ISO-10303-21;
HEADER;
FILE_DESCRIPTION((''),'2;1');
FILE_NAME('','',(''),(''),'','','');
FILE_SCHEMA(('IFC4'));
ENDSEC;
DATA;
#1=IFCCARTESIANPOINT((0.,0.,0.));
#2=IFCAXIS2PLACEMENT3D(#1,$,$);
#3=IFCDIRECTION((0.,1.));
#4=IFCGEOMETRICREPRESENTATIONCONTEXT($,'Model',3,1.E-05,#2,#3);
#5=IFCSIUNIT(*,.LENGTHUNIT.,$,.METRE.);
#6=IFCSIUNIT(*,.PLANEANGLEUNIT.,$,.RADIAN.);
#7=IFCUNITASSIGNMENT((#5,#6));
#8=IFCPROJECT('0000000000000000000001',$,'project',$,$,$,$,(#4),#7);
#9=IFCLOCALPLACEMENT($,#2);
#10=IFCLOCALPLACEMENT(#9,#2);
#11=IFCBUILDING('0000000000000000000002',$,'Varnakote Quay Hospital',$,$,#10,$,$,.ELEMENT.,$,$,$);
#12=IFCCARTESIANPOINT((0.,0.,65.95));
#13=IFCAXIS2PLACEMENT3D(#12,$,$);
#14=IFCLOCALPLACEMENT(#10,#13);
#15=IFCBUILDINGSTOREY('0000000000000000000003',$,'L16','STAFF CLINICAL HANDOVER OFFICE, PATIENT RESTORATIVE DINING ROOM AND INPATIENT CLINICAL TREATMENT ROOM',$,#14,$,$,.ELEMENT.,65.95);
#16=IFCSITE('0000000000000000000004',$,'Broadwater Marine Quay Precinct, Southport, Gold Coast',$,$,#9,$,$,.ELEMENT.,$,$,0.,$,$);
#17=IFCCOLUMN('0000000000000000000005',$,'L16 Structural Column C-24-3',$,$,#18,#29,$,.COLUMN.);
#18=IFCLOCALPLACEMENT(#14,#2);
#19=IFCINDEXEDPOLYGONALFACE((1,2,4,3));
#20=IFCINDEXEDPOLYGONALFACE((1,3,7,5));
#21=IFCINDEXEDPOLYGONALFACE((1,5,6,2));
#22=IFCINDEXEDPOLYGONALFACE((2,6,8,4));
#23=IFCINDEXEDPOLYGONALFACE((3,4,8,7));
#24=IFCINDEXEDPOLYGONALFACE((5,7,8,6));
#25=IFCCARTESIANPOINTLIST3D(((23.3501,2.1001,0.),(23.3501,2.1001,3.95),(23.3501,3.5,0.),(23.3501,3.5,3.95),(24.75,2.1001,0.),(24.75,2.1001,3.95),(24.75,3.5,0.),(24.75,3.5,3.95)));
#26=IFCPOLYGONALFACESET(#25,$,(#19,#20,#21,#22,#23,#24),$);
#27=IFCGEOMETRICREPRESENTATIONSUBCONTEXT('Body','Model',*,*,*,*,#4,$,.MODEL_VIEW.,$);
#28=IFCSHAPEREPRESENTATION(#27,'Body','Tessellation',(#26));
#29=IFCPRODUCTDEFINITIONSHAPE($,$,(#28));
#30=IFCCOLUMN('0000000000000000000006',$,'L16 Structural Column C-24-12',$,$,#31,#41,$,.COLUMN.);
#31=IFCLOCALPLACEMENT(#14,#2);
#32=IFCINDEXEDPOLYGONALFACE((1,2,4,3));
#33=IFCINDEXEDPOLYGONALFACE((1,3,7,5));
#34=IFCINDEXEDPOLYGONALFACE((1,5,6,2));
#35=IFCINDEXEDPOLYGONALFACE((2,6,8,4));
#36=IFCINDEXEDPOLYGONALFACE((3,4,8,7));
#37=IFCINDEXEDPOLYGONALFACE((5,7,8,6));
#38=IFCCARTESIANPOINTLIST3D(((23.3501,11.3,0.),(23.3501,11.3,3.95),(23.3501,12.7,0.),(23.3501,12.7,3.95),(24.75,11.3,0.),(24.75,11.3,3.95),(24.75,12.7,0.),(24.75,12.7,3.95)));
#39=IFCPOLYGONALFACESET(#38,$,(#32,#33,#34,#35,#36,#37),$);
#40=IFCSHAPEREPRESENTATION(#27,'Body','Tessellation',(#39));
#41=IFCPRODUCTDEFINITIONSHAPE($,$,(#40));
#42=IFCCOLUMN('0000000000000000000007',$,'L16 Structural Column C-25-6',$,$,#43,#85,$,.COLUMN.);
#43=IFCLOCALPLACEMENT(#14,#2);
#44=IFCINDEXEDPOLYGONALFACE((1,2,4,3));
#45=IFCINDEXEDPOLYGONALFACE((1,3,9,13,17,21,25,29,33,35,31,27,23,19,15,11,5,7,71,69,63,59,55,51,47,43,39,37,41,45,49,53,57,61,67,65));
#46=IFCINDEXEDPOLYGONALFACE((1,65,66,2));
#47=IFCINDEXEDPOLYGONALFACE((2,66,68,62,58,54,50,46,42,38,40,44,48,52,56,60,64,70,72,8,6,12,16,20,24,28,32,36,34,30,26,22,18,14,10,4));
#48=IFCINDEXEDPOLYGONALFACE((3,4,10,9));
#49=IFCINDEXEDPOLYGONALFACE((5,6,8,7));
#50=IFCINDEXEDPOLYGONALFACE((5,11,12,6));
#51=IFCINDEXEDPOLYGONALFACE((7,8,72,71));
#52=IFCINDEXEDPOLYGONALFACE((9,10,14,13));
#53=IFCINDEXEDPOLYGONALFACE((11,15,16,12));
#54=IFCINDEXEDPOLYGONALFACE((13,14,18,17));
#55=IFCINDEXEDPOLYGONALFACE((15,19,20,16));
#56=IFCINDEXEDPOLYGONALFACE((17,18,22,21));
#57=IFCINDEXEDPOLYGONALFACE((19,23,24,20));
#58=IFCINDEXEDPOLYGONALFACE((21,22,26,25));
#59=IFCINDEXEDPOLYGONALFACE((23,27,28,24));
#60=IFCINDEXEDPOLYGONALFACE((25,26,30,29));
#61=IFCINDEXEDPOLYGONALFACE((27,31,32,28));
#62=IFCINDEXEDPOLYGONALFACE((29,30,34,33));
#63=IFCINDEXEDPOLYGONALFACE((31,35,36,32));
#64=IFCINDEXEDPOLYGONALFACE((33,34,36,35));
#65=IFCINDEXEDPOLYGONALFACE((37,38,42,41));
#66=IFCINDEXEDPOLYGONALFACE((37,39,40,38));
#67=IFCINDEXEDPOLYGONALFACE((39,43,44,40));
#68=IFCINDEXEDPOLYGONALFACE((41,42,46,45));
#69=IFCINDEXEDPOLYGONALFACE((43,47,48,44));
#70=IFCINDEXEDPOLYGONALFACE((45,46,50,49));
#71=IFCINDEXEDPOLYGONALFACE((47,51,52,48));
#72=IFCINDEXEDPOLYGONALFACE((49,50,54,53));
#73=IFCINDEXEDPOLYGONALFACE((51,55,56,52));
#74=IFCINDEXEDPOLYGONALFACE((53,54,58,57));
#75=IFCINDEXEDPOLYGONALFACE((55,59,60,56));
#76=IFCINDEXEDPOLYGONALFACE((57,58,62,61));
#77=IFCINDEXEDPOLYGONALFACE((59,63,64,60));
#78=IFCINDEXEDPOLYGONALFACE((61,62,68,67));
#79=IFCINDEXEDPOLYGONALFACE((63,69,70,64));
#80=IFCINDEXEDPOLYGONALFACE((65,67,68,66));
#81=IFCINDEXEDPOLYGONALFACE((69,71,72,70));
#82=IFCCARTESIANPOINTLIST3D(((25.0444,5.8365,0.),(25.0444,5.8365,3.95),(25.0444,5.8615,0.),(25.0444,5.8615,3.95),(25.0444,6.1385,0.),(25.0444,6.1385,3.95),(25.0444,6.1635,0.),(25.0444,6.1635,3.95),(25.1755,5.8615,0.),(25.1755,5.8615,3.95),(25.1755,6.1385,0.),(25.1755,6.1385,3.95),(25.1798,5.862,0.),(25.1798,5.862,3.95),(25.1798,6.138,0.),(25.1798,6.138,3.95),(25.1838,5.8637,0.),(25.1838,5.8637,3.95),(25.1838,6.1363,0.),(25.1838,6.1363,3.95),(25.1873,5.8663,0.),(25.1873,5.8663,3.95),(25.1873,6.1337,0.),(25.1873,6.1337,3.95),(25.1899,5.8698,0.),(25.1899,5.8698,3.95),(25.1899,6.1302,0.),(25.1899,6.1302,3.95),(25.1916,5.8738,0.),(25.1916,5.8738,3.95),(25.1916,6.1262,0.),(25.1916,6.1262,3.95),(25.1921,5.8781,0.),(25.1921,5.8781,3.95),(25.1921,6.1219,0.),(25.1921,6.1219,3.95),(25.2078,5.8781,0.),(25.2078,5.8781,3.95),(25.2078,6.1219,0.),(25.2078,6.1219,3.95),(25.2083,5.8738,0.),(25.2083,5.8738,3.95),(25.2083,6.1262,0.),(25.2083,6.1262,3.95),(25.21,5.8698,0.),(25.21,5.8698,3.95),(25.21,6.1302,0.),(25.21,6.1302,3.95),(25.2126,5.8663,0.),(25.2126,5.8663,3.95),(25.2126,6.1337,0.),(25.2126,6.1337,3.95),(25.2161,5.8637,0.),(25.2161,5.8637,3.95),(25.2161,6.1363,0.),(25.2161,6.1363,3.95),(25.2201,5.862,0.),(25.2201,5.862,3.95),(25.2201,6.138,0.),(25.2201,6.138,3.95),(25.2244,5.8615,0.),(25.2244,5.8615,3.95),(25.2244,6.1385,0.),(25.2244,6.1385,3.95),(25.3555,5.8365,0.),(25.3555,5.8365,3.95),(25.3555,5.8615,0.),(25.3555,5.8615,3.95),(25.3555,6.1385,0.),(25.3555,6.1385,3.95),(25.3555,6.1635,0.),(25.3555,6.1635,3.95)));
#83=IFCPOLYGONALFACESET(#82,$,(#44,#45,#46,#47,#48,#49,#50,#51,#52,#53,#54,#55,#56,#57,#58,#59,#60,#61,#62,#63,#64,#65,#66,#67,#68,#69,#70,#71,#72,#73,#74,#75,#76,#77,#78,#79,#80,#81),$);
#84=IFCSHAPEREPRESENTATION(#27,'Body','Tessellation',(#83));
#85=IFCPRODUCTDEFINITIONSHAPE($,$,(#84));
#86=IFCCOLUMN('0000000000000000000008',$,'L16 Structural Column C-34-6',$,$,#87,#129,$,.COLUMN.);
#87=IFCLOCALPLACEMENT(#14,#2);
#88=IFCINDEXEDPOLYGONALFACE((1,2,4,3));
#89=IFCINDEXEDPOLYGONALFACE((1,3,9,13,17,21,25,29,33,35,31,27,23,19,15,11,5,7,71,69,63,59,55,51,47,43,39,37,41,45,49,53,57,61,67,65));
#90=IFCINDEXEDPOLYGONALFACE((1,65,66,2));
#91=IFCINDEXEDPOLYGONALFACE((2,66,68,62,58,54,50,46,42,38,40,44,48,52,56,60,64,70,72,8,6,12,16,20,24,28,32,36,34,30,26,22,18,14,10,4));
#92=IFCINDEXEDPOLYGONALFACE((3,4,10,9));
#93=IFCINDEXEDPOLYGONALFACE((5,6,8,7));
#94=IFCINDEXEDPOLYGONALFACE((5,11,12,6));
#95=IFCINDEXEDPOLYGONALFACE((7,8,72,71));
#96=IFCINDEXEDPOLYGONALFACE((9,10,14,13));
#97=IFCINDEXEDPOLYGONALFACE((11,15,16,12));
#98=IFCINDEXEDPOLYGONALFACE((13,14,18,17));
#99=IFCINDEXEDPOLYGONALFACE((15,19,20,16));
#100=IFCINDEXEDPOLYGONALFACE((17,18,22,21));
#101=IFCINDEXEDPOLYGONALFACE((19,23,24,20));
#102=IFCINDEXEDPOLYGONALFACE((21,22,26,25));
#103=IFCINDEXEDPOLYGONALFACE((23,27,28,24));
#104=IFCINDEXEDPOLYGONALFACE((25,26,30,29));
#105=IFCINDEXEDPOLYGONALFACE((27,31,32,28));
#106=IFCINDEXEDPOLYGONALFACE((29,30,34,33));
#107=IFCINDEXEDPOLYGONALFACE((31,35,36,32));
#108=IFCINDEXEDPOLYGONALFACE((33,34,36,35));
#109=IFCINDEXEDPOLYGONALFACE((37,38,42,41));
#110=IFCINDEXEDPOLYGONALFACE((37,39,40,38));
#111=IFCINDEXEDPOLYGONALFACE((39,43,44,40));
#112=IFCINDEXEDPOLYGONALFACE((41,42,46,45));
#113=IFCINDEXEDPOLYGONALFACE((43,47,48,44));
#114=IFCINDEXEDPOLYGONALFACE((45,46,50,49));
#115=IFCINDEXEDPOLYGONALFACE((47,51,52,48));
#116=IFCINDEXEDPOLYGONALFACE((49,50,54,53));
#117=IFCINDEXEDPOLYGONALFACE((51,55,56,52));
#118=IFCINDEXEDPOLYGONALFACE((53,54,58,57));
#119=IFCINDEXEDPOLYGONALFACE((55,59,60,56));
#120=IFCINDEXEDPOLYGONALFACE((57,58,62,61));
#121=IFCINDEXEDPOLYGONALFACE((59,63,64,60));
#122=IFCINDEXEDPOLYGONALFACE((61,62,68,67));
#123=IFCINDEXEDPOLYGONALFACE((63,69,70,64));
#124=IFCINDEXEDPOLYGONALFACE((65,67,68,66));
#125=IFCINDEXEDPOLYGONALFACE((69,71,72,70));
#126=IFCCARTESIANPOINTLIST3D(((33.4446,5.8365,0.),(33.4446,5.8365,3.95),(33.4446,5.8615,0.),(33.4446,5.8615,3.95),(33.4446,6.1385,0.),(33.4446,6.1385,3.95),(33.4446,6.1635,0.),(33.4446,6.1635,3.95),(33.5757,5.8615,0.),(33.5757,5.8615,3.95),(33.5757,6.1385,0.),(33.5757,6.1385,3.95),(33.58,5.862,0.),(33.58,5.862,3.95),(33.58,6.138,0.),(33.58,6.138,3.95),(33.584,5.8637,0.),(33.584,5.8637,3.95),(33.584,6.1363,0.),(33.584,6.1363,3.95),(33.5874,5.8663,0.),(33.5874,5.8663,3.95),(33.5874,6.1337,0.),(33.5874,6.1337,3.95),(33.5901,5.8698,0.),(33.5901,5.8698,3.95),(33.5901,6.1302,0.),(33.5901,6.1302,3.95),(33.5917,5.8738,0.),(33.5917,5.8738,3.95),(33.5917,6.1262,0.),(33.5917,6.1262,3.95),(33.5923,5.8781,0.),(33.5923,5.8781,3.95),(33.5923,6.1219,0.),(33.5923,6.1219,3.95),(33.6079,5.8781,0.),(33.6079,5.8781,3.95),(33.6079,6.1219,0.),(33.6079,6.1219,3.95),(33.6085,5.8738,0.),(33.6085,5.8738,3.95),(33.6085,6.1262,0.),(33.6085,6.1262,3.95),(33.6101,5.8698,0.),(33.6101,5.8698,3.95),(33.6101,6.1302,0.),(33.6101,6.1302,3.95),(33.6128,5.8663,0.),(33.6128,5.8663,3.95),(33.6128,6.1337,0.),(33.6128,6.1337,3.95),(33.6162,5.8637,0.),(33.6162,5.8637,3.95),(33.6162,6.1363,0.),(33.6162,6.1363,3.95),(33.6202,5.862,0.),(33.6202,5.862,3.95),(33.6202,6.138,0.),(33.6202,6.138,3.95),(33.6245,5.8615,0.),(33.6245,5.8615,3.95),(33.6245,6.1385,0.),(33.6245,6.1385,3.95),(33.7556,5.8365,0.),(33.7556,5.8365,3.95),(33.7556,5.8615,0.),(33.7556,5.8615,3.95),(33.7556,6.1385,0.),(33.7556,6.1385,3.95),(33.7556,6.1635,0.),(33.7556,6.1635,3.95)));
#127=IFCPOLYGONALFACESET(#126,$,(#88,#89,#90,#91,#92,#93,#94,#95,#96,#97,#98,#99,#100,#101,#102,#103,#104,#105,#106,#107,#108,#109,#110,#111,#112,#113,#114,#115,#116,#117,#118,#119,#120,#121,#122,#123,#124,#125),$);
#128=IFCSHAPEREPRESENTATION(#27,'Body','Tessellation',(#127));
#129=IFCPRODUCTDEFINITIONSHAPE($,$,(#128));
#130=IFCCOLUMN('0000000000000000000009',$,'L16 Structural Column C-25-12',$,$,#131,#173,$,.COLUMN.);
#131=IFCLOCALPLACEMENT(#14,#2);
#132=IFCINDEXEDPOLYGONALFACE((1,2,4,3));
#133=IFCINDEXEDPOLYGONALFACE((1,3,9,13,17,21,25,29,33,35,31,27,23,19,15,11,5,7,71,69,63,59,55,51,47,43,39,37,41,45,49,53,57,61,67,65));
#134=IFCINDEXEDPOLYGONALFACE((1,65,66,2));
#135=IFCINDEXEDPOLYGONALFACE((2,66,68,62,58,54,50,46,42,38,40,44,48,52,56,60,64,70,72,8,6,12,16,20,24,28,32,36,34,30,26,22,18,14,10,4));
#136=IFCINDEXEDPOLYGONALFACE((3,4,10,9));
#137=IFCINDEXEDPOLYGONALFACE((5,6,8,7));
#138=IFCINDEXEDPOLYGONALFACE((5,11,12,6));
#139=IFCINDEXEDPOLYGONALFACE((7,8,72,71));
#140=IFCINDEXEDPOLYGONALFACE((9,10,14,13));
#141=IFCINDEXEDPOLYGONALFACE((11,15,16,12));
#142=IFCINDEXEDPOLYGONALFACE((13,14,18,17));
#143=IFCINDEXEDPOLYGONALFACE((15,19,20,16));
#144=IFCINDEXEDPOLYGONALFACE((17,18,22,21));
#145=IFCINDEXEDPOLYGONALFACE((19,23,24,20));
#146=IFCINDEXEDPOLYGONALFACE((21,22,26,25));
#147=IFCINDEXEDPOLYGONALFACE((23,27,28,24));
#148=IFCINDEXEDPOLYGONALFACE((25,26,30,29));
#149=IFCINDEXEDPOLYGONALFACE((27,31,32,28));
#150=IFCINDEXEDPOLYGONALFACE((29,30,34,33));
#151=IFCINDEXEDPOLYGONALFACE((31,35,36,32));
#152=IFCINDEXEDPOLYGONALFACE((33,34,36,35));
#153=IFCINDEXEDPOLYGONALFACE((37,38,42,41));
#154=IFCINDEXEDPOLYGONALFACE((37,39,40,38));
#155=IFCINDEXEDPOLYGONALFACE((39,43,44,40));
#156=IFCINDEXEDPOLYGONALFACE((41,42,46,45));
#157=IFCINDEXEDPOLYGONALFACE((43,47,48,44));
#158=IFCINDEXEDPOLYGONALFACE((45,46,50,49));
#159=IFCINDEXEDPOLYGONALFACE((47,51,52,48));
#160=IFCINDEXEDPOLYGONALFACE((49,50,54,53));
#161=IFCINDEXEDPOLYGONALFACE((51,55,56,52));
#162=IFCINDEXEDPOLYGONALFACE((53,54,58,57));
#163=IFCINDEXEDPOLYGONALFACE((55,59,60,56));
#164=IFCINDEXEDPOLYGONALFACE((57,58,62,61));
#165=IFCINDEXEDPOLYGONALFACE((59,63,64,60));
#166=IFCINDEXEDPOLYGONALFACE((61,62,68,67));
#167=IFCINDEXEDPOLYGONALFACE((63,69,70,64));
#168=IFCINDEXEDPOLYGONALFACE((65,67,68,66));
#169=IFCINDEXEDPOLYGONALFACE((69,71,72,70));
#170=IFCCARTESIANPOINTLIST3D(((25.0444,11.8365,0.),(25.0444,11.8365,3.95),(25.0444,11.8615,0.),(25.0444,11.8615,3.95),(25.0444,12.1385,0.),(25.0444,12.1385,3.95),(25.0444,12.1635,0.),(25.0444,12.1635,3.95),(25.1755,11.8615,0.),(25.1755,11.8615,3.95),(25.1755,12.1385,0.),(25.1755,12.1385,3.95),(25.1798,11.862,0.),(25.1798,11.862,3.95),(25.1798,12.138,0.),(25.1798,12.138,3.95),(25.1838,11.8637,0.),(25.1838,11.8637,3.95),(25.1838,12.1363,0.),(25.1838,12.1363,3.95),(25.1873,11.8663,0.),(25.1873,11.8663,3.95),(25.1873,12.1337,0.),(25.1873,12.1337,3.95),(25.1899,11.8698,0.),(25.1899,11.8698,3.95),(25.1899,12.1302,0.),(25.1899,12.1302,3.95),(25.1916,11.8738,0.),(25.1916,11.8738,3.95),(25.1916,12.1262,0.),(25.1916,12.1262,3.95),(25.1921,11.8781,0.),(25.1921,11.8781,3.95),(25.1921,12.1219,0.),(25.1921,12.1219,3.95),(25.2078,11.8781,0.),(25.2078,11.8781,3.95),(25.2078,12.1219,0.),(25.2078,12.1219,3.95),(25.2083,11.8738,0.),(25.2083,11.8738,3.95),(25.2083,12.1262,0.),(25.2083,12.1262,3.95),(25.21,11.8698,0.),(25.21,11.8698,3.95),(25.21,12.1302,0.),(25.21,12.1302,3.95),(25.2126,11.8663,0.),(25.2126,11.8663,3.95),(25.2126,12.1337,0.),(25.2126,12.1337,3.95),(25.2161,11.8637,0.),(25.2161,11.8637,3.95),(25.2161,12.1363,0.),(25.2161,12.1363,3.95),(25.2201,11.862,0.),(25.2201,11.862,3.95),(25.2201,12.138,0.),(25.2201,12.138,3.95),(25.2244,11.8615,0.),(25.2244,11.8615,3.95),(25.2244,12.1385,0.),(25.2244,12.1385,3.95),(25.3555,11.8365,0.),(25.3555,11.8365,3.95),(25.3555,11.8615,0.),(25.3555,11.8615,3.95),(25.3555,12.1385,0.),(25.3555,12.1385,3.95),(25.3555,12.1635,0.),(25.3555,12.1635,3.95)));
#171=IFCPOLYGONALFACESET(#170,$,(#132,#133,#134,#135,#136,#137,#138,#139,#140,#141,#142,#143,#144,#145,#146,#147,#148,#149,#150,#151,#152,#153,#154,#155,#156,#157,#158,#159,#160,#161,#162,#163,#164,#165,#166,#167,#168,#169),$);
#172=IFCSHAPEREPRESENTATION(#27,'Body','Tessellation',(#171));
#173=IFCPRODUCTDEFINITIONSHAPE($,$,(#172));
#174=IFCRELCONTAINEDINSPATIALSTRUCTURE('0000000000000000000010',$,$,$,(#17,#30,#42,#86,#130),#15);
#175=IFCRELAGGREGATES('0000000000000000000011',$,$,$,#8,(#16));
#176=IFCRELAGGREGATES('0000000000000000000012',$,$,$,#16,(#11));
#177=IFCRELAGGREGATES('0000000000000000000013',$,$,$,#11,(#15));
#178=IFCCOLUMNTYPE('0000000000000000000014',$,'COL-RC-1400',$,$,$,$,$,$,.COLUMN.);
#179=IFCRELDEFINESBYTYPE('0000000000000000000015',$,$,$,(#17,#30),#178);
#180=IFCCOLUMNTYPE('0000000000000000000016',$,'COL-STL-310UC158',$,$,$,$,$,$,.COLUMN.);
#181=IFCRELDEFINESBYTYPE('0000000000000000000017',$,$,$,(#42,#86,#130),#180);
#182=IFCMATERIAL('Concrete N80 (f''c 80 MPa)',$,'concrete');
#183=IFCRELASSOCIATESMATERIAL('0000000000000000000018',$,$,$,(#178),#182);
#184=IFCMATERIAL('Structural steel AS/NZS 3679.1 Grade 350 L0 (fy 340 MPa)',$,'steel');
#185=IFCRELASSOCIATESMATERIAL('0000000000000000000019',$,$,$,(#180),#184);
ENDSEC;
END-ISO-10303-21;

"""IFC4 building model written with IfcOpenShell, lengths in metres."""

from ifc_helpers import new_model, si_unit, direction, frame, origin, origin_2d, place, context, subcontext, project, spatial, rectangle, i_section, extrude, material, material_profile, profile_set, type_object, element, save


model = new_model("IFC4")

# Units and contexts
model_context = context("Model", 3, precision=1e-05, world=origin(), true_north=direction((0.0, 1.0)))
body_context = subcontext(model_context, "Body", "Model", "MODEL_VIEW")
ifc_project = project(units=[si_unit("LENGTHUNIT", "METRE"), si_unit("PLANEANGLEUNIT", "RADIAN")], contexts=[model_context])

# Site, building, storey
site_placement = place(None, origin())
site = spatial("IfcSite", under=ifc_project, at=site_placement, Name="Broadwater Marine Quay Precinct, Southport, Gold Coast", CompositionType="ELEMENT", RefElevation=0.0)
building_placement = place(site_placement, origin())
building = spatial("IfcBuilding", under=site, at=building_placement, Name="Varnakote Quay Hospital", CompositionType="ELEMENT")
storey_placement = place(building_placement, frame((0.0, 0.0, 65.95)))
storey = spatial("IfcBuildingStorey", under=building, at=storey_placement, Name="L16", Description="STAFF CLINICAL HANDOVER OFFICE, PATIENT RESTORATIVE DINING ROOM AND INPATIENT CLINICAL TREATMENT ROOM", CompositionType="ELEMENT", Elevation=65.95)

# Columns
ifc_material_1 = material(Name="Concrete N80 (f'c 80 MPa)", Category="concrete")
ifc_material_profile_1 = material_profile(ifc_material_1, rectangle(XDim=1.3999, YDim=1.3999, at=origin_2d()), Name="RC-COL-1400x1400")
ifc_profile_set_1 = profile_set([ifc_material_profile_1], Name="Concrete N80 (f'c 80 MPa)")
column_type_1 = type_object("IfcColumnType", Name="COL-RC-1400", PredefinedType="COLUMN", material=ifc_profile_set_1)
for number, where, z_axis, x_axis, name in (
    (1, (24.05, 2.8, 0.0), (0.0, 0.0, 1.0), (1.0, 0.0, 0.0), "L16 Structural Column C-24-3"),
    (2, (24.05, 12.0, 0.0), (0.0, 0.0, 1.0), (1.0, 0.0, 0.0), "L16 Structural Column C-24-12"),
):
    element("IfcColumn", number, at=place(storey_placement, frame(where, z_axis=z_axis, x_axis=x_axis)), inside=storey, type_object=column_type_1, Name=name, PredefinedType="COLUMN", context=body_context, shape_type="SweptSolid", body=[
        extrude(rectangle(XDim=1.3999, YDim=1.3999, at=origin_2d()), origin(), (0.0, 0.0, 1.0), 3.95),
    ])
ifc_material_2 = material(Name="Structural steel AS/NZS 3679.1 Grade 350 L0 (fy 340 MPa)", Category="steel")
ifc_material_profile_2 = material_profile(ifc_material_2, i_section(OverallWidth=0.311, OverallDepth=0.3269, WebThickness=0.0156, FlangeThickness=0.0249, FilletRadius=0.0166, at=origin_2d()), Name="310UC158")
ifc_profile_set_2 = profile_set([ifc_material_profile_2], Name="Structural steel AS/NZS 3679.1 Grade 350 L0 (fy 340 MPa)")
column_type_2 = type_object("IfcColumnType", Name="COL-STL-310UC158", PredefinedType="COLUMN", material=ifc_profile_set_2)
for number, where, z_axis, x_axis, name in (
    (3, (25.2, 6.0, 0.0), (0.0, 0.0, 1.0), (1.0, 0.0, 0.0), "L16 Structural Column C-25-6"),
    (4, (33.6001, 6.0, 0.0), (0.0, 0.0, 1.0), (1.0, 0.0, 0.0), "L16 Structural Column C-34-6"),
    (5, (25.2, 12.0, 0.0), (0.0, 0.0, 1.0), (1.0, 0.0, 0.0), "L16 Structural Column C-25-12"),
):
    element("IfcColumn", number, at=place(storey_placement, frame(where, z_axis=z_axis, x_axis=x_axis)), inside=storey, type_object=column_type_2, Name=name, PredefinedType="COLUMN", context=body_context, shape_type="SweptSolid", body=[
        extrude(i_section(OverallWidth=0.311, OverallDepth=0.3269, WebThickness=0.0156, FlangeThickness=0.0249, FilletRadius=0.0166, at=origin_2d()), origin(), (0.0, 0.0, 1.0), 3.95),
    ])

save(model, "model.ifc")
